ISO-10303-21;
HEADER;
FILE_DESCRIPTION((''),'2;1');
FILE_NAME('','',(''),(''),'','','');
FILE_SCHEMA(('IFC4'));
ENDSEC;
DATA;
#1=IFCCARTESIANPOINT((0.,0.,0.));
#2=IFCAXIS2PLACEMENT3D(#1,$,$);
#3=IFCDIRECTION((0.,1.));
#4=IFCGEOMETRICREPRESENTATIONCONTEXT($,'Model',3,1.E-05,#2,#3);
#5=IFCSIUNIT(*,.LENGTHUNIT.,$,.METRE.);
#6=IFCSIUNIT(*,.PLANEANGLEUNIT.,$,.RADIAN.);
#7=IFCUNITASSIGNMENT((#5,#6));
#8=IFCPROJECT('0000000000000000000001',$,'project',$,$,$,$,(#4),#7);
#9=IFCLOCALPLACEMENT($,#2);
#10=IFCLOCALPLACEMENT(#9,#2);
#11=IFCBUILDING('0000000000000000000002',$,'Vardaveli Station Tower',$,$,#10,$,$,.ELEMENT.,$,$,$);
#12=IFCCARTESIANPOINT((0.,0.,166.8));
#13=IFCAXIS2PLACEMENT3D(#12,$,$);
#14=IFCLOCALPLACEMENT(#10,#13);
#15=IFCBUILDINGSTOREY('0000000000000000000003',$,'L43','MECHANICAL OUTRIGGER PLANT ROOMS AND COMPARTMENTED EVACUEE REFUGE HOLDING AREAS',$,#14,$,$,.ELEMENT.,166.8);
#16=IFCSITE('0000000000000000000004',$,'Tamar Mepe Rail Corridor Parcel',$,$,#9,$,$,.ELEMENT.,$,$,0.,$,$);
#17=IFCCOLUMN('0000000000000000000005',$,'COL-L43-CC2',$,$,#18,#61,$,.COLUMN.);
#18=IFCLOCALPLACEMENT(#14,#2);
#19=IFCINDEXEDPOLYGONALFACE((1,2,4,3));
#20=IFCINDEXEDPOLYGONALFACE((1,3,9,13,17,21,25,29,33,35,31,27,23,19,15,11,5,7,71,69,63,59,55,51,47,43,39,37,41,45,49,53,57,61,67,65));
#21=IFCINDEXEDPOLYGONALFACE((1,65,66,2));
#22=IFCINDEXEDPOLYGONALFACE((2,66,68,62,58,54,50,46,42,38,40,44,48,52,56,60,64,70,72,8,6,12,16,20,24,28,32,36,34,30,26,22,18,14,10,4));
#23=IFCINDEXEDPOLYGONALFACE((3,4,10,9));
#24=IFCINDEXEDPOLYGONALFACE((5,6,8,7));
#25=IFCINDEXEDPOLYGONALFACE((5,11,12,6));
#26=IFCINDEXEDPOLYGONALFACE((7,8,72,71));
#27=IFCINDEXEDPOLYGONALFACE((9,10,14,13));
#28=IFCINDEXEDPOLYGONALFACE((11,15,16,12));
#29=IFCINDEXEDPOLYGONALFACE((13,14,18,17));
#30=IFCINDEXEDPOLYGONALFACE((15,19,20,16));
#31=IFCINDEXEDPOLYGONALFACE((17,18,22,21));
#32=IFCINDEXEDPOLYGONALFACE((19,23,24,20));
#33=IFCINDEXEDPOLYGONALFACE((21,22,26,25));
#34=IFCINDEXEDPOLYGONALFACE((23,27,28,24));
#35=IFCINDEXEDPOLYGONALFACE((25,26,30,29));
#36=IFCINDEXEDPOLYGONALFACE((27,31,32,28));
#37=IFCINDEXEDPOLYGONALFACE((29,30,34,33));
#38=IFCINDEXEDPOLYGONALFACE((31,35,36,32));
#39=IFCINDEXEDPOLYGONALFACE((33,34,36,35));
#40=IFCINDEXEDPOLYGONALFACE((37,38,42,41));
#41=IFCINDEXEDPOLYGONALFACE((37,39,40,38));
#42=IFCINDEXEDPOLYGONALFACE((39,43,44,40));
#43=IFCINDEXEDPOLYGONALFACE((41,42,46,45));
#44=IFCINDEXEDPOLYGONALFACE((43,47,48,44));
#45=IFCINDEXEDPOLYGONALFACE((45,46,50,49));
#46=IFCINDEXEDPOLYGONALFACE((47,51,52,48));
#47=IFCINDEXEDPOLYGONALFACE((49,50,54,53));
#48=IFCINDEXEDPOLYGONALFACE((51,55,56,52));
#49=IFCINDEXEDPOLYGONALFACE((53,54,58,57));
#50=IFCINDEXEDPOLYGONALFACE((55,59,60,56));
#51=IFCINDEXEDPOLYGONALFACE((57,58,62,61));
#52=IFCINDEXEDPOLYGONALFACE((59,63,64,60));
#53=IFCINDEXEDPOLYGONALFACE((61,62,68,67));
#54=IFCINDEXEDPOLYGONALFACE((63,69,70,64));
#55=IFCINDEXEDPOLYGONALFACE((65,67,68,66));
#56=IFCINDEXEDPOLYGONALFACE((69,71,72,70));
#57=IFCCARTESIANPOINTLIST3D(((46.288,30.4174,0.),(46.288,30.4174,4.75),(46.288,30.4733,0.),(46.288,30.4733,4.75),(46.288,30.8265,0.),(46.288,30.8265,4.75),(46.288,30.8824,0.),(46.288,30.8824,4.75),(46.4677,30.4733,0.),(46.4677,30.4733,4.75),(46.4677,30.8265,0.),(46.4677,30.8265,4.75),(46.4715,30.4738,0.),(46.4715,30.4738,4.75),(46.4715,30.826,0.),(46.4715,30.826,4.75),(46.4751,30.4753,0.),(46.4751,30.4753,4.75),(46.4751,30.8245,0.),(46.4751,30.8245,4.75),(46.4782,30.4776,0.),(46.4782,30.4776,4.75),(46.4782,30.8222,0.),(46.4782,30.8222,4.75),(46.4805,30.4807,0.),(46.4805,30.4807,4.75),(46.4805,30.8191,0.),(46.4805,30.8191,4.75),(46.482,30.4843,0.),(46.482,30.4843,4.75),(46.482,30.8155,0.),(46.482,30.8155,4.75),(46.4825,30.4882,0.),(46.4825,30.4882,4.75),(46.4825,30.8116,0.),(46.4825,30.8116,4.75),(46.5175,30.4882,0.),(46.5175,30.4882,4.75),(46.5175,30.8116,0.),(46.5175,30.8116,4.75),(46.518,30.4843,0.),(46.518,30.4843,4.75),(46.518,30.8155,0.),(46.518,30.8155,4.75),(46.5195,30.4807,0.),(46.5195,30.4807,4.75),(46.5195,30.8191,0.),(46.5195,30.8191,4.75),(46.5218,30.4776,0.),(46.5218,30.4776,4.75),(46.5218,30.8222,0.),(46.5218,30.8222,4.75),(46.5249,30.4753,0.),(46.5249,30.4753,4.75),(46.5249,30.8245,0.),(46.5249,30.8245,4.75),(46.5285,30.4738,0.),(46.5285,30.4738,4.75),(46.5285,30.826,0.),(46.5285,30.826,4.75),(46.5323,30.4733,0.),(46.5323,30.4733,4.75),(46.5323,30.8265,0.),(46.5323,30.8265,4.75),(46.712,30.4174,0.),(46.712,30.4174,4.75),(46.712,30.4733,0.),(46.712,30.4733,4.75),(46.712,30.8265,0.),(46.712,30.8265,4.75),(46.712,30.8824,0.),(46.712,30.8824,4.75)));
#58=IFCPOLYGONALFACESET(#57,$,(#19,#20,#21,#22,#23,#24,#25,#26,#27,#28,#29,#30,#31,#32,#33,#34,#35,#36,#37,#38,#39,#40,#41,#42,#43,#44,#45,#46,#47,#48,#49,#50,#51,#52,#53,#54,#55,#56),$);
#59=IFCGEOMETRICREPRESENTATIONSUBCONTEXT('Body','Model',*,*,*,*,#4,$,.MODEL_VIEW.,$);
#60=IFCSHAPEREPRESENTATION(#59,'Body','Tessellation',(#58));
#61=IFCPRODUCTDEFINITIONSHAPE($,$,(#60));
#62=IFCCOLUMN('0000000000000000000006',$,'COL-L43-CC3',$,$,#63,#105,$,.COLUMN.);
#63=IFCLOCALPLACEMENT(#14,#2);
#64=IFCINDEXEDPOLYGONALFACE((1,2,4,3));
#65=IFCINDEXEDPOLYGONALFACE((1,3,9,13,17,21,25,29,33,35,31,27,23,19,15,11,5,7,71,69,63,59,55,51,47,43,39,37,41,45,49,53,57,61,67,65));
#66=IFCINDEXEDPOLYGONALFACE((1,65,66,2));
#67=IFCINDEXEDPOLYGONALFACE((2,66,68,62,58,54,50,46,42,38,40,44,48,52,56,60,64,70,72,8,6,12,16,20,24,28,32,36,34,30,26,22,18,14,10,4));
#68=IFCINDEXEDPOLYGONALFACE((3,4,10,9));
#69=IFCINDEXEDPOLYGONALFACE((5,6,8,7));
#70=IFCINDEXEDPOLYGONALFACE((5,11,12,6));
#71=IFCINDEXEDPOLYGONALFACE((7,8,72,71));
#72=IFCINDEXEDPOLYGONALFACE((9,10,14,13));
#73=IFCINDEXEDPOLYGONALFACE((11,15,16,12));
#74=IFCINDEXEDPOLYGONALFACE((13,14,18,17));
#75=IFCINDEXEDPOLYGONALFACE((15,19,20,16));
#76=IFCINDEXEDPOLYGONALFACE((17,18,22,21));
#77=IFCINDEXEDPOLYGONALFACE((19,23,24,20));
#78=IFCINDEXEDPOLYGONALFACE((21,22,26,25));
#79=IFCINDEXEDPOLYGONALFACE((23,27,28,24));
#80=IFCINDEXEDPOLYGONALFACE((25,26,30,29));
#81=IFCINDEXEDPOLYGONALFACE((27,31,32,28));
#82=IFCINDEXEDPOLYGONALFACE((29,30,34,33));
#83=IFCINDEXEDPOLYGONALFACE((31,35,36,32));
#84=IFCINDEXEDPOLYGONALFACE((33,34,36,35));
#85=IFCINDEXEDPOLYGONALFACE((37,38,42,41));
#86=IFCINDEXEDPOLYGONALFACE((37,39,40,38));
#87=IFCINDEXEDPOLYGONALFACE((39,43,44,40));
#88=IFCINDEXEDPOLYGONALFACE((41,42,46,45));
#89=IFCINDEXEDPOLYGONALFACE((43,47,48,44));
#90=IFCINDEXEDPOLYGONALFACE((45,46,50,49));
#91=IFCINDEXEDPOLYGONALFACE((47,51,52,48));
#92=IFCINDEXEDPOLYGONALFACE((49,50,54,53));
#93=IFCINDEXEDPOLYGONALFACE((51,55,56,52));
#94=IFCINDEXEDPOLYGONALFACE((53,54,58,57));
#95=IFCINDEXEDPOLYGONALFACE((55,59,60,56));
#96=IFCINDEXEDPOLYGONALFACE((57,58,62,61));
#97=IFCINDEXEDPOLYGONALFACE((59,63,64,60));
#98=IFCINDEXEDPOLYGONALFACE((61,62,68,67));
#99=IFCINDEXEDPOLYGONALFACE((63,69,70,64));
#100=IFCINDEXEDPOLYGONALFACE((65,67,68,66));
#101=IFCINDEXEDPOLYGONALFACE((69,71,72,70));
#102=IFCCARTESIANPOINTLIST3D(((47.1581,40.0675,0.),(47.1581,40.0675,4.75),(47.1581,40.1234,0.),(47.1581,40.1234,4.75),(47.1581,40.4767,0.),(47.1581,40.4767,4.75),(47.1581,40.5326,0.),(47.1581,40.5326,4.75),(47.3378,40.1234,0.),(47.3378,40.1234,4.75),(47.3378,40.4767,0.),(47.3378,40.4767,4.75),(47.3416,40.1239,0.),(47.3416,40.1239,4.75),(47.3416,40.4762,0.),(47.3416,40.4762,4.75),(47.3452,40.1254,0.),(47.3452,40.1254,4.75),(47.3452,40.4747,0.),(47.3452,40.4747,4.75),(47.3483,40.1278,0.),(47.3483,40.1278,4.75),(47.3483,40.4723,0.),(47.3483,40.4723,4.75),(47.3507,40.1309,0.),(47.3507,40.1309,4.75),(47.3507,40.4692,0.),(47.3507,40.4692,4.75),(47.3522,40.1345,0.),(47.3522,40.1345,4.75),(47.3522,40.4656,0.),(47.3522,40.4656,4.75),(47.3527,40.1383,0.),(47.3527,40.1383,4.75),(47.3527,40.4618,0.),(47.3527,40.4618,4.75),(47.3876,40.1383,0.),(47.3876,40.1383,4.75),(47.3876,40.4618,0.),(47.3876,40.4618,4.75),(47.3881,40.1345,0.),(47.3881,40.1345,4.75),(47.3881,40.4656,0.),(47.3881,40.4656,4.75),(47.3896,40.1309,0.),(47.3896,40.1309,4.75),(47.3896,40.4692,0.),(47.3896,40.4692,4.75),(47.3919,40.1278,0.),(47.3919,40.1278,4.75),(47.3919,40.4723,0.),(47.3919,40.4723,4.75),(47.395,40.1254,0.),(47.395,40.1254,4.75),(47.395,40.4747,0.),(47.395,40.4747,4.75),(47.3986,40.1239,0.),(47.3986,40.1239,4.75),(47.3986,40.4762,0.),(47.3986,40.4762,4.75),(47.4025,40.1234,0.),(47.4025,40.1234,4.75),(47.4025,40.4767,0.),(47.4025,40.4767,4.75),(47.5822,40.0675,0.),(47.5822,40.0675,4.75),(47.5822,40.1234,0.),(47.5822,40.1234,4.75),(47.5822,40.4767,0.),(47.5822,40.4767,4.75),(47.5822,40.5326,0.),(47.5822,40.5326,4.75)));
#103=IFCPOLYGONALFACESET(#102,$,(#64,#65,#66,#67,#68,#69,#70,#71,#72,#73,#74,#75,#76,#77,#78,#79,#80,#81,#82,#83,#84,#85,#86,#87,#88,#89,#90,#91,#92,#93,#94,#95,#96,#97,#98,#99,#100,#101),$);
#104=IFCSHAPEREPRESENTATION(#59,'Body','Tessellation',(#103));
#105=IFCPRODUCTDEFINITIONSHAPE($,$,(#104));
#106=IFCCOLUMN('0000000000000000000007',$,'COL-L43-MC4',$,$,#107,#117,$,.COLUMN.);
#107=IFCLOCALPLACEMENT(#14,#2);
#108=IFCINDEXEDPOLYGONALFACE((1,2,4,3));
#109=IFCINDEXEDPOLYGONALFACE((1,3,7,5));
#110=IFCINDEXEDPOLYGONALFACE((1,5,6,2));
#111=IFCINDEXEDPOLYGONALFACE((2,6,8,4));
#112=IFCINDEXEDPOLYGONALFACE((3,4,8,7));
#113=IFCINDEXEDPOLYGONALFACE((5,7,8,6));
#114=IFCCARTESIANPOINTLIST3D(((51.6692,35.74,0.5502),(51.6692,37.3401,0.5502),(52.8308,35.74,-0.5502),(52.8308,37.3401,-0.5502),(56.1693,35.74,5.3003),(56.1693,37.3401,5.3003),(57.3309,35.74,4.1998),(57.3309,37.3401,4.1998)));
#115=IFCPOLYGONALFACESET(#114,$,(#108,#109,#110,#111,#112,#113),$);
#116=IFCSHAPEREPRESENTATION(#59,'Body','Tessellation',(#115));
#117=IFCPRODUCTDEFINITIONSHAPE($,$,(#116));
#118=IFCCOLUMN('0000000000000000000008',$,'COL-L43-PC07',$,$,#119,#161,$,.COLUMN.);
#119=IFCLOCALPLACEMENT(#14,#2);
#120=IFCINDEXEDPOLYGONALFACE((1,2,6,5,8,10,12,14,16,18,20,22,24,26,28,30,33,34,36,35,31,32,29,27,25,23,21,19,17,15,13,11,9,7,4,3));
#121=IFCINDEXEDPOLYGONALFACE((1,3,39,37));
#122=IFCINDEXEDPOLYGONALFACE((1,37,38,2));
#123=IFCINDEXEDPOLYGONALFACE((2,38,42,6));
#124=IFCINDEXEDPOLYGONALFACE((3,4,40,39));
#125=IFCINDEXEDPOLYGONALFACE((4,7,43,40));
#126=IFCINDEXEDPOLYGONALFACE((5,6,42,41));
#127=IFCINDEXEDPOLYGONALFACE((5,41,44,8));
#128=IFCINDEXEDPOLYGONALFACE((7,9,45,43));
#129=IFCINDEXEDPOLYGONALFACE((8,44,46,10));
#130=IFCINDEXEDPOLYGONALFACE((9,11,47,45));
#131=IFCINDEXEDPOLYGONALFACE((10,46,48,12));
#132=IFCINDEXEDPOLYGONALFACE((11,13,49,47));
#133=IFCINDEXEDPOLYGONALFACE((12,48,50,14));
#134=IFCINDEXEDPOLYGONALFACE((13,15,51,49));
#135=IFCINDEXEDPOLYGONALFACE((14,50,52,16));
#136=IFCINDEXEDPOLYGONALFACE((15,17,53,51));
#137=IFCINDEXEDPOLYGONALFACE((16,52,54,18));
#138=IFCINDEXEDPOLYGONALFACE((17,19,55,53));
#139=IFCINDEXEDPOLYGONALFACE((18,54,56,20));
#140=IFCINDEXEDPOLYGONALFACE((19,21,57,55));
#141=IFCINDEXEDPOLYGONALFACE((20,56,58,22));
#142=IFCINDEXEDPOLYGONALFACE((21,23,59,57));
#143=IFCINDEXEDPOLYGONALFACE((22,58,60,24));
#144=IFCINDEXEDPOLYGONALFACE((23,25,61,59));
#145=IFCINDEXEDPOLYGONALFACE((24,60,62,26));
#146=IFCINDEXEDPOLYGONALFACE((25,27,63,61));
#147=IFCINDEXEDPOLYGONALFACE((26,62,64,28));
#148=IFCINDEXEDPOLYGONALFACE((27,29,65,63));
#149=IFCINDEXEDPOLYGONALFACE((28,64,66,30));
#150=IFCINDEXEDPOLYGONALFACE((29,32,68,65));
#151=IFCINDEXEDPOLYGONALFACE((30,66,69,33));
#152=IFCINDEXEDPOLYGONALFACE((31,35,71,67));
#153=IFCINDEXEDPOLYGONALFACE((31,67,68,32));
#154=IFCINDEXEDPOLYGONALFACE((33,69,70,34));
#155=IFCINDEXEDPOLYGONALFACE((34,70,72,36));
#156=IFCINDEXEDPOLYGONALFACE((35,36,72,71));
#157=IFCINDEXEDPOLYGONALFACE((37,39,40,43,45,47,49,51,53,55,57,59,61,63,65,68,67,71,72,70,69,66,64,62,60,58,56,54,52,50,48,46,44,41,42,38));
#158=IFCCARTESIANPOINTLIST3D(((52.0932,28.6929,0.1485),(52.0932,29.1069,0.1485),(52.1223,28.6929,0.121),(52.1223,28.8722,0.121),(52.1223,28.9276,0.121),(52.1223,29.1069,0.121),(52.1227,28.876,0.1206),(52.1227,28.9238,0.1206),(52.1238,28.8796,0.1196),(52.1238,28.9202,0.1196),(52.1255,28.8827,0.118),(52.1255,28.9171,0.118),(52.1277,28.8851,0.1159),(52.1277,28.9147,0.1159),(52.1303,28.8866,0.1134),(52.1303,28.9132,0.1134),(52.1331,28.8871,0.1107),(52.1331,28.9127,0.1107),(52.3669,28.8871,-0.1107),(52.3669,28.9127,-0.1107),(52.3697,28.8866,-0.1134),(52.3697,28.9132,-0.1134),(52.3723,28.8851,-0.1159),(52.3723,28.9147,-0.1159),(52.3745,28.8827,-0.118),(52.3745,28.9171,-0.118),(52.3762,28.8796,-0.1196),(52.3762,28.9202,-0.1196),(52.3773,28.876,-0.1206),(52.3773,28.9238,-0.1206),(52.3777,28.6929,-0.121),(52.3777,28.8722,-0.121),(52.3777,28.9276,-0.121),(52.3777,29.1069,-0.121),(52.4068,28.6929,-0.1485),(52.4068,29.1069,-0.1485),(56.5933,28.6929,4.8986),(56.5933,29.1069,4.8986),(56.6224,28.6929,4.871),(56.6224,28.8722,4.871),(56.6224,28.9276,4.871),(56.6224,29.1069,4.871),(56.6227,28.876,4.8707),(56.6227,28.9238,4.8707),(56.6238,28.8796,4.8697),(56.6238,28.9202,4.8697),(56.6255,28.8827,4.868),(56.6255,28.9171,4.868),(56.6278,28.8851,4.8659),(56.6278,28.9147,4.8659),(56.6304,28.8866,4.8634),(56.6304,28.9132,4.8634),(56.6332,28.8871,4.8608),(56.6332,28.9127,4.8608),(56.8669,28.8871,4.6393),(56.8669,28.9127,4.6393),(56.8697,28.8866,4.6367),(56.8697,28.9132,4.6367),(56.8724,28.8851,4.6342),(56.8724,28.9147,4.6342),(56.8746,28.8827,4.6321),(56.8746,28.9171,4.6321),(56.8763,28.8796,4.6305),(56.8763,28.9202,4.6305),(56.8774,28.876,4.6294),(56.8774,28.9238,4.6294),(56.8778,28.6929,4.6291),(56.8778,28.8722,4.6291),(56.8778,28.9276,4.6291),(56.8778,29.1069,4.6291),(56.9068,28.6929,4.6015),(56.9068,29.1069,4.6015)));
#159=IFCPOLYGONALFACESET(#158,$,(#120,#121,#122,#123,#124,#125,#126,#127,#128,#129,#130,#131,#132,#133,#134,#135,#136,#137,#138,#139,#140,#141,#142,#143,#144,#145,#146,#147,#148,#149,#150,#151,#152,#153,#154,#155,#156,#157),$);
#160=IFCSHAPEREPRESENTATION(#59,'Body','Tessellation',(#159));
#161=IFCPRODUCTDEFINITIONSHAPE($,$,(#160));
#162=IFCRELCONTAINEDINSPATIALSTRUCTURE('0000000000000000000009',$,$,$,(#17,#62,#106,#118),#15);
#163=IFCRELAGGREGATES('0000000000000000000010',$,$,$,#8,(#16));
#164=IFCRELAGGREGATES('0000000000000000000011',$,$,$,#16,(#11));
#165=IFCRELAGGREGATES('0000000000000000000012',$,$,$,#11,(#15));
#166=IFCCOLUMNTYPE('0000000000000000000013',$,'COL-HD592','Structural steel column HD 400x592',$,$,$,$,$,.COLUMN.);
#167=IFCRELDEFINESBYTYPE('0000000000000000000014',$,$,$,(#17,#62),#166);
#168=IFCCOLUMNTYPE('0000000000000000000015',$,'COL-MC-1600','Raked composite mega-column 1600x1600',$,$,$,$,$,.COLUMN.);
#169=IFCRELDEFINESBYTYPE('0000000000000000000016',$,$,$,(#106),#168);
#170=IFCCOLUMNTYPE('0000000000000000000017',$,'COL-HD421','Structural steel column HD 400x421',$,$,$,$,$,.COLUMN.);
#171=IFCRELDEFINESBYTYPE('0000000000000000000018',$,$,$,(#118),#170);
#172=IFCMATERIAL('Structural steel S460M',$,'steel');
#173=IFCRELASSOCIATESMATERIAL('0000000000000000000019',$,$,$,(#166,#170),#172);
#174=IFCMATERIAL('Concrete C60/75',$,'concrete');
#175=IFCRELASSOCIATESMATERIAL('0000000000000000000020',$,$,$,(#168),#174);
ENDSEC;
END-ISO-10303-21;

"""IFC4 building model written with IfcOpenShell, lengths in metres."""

from ifc_helpers import new_model, si_unit, direction, frame, origin, origin_2d, place, context, subcontext, project, spatial, rectangle, i_section, extrude, source, transform, mapped, material, material_profile, profile_set, type_object, element, save


model = new_model("IFC4")

# Units and contexts
model_context = context("Model", 3, precision=1e-05, world=origin(), true_north=direction((0.0, 1.0)))
body_context = subcontext(model_context, "Body", "Model", "MODEL_VIEW")
ifc_project = project(units=[si_unit("LENGTHUNIT", "METRE"), si_unit("PLANEANGLEUNIT", "RADIAN")], contexts=[model_context])

# Site, building, storey
site_placement = place(None, origin())
site = spatial("IfcSite", under=ifc_project, at=site_placement, Name="Tamar Mepe Rail Corridor Parcel", CompositionType="ELEMENT", RefElevation=0.0)
building_placement = place(site_placement, origin())
building = spatial("IfcBuilding", under=site, at=building_placement, Name="Vardaveli Station Tower", CompositionType="ELEMENT")
storey_placement = place(building_placement, frame((0.0, 0.0, 166.8)))
storey = spatial("IfcBuildingStorey", under=building, at=storey_placement, Name="L43", Description="MECHANICAL OUTRIGGER PLANT ROOMS AND COMPARTMENTED EVACUEE REFUGE HOLDING AREAS", CompositionType="ELEMENT", Elevation=166.8)

# Columns
ifc_material_1 = material(Name="Structural steel S460M", Category="steel")
ifc_material_profile_1 = material_profile(ifc_material_1, i_section(OverallWidth=0.4241, OverallDepth=0.4651, WebThickness=0.0349, FlangeThickness=0.0559, FilletRadius=0.0149, at=origin_2d()), Name="HD 400x592")
ifc_profile_set_1 = profile_set([ifc_material_profile_1], Name="Structural steel S460M")
column_type_1 = type_object("IfcColumnType", Name="COL-HD592", Description="Structural steel column HD 400x592", PredefinedType="COLUMN", material=ifc_profile_set_1)
shared_shape_1 = source(origin(), body_context, "Body", "SweptSolid", [
    extrude(i_section(OverallWidth=0.4241, OverallDepth=0.4651, WebThickness=0.0349, FlangeThickness=0.0559, FilletRadius=0.0149, at=origin_2d()), origin(), (0.0, 0.0, 1.0), 4.75),
])
for number, where, z_axis, x_axis, name in (
    (1, (46.5, 30.6499, 0.0), (0.0, 0.0, 1.0), (1.0, 0.0, 0.0), "COL-L43-CC2"),
    (2, (47.3701, 40.3, 0.0), (0.0, 0.0, 1.0), (1.0, 0.0, 0.0), "COL-L43-CC3"),
):
    element("IfcColumn", number, at=place(storey_placement, frame(where, z_axis=z_axis, x_axis=x_axis)), inside=storey, type_object=column_type_1, Name=name, PredefinedType="COLUMN", context=body_context, shape_type="MappedRepresentation", body=[
        mapped(shared_shape_1, transform((0.0, 0.0, 0.0), scale=1.0)),
    ])
ifc_material_2 = material(Name="Concrete C60/75", Category="concrete")
ifc_material_profile_2 = material_profile(ifc_material_2, rectangle(XDim=1.6001, YDim=1.6001, at=origin_2d()), Name="MC 1600x1600")
ifc_profile_set_2 = profile_set([ifc_material_profile_2], Name="Concrete C60/75")
column_type_2 = type_object("IfcColumnType", Name="COL-MC-1600", Description="Raked composite mega-column 1600x1600", PredefinedType="COLUMN", material=ifc_profile_set_2)
shared_shape_2 = source(origin(), body_context, "Body", "SweptSolid", [
    extrude(rectangle(XDim=1.6001, YDim=1.6001, at=origin_2d()), origin(), (0.0, 0.0, 1.0), 6.5432),
])
column_1_placement = place(storey_placement, frame((52.25, 36.54, 0.0), z_axis=(0.687745, 0.0, 0.725953), x_axis=(0.0, 1.0, 0.0)))
element("IfcColumn", 3, at=column_1_placement, inside=storey, type_object=column_type_2, Name="COL-L43-MC4", PredefinedType="COLUMN", context=body_context, shape_type="MappedRepresentation", body=[
    mapped(shared_shape_2, transform((0.0, 0.0, 0.0), scale=1.0)),
])
ifc_material_profile_3 = material_profile(ifc_material_1, i_section(OverallWidth=0.4141, OverallDepth=0.4319, WebThickness=0.0256, FlangeThickness=0.04, FilletRadius=0.0149, at=origin_2d()), Name="HD 400x421")
ifc_profile_set_3 = profile_set([ifc_material_profile_3], Name="Structural steel S460M")
column_type_3 = type_object("IfcColumnType", Name="COL-HD421", Description="Structural steel column HD 400x421", PredefinedType="COLUMN", material=ifc_profile_set_3)
shared_shape_3 = source(origin(), body_context, "Body", "SweptSolid", [
    extrude(i_section(OverallWidth=0.4141, OverallDepth=0.4319, WebThickness=0.0256, FlangeThickness=0.04, FilletRadius=0.0149, at=origin_2d()), origin(), (0.0, 0.0, 1.0), 6.5432),
])
column_2_placement = place(storey_placement, frame((52.25, 28.8999, 0.0), z_axis=(0.687745, 0.0, 0.725953), x_axis=(0.0, 1.0, 0.0)))
element("IfcColumn", 4, at=column_2_placement, inside=storey, type_object=column_type_3, Name="COL-L43-PC07", PredefinedType="COLUMN", context=body_context, shape_type="MappedRepresentation", body=[
    mapped(shared_shape_3, transform((0.0, 0.0, 0.0), scale=1.0)),
])

save(model, "model.ifc")
